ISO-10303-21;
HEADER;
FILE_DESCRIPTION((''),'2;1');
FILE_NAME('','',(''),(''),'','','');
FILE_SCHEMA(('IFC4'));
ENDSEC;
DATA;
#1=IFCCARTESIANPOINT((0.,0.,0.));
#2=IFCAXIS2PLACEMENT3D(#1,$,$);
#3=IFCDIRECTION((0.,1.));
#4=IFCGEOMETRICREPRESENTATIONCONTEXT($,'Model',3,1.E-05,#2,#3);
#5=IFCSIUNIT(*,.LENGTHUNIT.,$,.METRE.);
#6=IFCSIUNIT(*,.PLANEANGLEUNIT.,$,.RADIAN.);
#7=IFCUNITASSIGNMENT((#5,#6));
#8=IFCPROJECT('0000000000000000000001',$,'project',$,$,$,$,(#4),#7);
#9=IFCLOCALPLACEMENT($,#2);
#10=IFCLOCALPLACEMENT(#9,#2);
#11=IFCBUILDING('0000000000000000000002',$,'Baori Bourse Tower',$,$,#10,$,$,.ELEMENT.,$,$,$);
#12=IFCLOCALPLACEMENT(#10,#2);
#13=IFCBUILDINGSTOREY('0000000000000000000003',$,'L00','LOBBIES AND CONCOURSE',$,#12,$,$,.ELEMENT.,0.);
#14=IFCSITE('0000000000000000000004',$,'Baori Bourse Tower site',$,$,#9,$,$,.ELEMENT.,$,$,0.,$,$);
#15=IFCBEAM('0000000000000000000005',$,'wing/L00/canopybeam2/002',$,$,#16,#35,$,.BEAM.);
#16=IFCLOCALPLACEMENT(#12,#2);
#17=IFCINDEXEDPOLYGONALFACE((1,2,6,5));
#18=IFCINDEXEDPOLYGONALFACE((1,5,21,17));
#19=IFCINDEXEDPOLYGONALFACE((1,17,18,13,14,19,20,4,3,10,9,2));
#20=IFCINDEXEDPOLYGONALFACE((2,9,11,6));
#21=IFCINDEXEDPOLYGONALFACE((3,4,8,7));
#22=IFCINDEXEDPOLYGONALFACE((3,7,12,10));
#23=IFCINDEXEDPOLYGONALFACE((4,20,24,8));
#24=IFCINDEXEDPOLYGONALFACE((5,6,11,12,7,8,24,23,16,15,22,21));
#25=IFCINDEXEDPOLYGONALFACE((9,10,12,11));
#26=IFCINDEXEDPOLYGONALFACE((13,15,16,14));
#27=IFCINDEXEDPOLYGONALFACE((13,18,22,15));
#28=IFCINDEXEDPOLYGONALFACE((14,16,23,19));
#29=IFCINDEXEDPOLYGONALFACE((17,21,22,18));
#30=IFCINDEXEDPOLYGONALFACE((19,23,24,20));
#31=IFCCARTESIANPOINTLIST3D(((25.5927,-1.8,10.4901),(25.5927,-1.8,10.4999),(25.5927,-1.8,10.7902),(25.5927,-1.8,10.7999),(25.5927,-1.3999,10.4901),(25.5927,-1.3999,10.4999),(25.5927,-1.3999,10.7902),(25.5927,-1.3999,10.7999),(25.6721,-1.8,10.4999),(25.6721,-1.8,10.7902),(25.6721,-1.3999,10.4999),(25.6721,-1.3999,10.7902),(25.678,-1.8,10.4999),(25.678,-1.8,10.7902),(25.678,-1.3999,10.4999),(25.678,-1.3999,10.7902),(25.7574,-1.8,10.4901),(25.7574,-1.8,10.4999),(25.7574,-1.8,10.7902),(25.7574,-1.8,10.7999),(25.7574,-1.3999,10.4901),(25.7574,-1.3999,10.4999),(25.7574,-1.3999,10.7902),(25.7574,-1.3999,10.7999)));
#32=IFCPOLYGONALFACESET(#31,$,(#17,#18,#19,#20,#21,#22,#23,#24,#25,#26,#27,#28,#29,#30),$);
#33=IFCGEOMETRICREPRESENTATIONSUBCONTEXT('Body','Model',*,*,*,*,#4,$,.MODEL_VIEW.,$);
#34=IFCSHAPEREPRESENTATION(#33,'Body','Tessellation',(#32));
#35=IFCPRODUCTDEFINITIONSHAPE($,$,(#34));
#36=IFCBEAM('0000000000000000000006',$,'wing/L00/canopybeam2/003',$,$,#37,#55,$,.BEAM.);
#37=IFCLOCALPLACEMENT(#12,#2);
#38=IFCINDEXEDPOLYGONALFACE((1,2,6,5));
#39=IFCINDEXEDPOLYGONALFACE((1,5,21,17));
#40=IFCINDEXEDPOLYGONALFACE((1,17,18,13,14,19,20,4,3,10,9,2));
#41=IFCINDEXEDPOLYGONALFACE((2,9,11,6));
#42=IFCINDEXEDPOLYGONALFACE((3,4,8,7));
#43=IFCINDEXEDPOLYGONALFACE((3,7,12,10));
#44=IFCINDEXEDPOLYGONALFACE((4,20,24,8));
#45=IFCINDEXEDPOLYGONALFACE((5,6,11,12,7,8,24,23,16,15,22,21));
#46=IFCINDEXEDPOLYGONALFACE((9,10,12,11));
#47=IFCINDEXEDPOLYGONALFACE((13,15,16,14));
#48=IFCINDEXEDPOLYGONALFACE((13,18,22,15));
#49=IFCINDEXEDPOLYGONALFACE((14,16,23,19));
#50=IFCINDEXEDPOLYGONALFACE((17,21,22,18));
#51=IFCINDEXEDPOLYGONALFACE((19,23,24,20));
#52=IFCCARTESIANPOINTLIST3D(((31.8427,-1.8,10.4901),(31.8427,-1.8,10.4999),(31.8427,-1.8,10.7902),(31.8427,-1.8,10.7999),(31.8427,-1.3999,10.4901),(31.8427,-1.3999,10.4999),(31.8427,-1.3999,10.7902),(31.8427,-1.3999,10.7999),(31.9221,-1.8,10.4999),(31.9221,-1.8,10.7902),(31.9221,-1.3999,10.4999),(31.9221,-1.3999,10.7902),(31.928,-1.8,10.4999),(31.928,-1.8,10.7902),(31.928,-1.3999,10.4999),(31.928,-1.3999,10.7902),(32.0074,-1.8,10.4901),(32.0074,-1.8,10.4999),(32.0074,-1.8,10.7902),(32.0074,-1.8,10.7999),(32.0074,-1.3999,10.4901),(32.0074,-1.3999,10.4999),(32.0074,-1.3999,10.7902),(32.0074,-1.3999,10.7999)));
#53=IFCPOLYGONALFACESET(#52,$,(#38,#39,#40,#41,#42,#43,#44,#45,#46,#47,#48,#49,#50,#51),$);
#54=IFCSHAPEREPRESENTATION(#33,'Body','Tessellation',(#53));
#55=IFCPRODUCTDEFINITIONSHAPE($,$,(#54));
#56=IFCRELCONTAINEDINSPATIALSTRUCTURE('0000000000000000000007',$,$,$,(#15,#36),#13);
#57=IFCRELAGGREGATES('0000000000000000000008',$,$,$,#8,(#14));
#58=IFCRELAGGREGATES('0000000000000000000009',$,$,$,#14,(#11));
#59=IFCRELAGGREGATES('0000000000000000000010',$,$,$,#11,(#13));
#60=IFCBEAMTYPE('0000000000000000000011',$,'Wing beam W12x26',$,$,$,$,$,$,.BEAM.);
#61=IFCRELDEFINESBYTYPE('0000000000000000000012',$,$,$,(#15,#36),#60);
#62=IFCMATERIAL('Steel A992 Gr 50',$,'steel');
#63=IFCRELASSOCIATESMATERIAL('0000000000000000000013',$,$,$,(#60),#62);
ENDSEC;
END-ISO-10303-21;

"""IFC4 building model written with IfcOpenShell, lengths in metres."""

from ifc_helpers import new_model, si_unit, direction, frame, origin, origin_2d, place, context, subcontext, project, spatial, i_section, extrude, material, material_profile, profile_set, type_object, element, save


model = new_model("IFC4")

# Units and contexts
model_context = context("Model", 3, precision=1e-05, world=origin(), true_north=direction((0.0, 1.0)))
body_context = subcontext(model_context, "Body", "Model", "MODEL_VIEW")
ifc_project = project(units=[si_unit("LENGTHUNIT", "METRE"), si_unit("PLANEANGLEUNIT", "RADIAN")], contexts=[model_context])

# Site, building, storey
site_placement = place(None, origin())
site = spatial("IfcSite", under=ifc_project, at=site_placement, Name="Baori Bourse Tower site", CompositionType="ELEMENT", RefElevation=0.0)
building_placement = place(site_placement, origin())
building = spatial("IfcBuilding", under=site, at=building_placement, Name="Baori Bourse Tower", CompositionType="ELEMENT")
storey_placement = place(building_placement, origin())
storey = spatial("IfcBuildingStorey", under=building, at=storey_placement, Name="L00", Description="LOBBIES AND CONCOURSE", CompositionType="ELEMENT", Elevation=0.0)

# Beams
ifc_material_1 = material(Name="Steel A992 Gr 50", Category="steel")
ifc_material_profile_1 = material_profile(ifc_material_1, i_section(OverallWidth=0.1648, OverallDepth=0.3098, WebThickness=0.0059, FlangeThickness=0.0098, at=origin_2d()), Name="W12x26")
ifc_profile_set_1 = profile_set([ifc_material_profile_1], Name="Steel A992 Gr 50")
beam_type = type_object("IfcBeamType", Name="Wing beam W12x26", PredefinedType="BEAM", material=ifc_profile_set_1)
for number, where, z_axis, x_axis, name in (
    (1, (25.675, -1.8, 10.645), (0.0, 1.0, 0.0), (-1.0, 0.0, 0.0), "wing/L00/canopybeam2/002"),
    (2, (31.925, -1.8, 10.645), (0.0, 1.0, 0.0), (-1.0, 0.0, 0.0), "wing/L00/canopybeam2/003"),
):
    element("IfcBeam", number, at=place(storey_placement, frame(where, z_axis=z_axis, x_axis=x_axis)), inside=storey, type_object=beam_type, Name=name, PredefinedType="BEAM", context=body_context, shape_type="SweptSolid", body=[
        extrude(i_section(OverallWidth=0.1648, OverallDepth=0.3098, WebThickness=0.0059, FlangeThickness=0.0098, at=origin_2d()), origin(), (0.0, 0.0, 1.0), 0.4001),
    ])

save(model, "model.ifc")
